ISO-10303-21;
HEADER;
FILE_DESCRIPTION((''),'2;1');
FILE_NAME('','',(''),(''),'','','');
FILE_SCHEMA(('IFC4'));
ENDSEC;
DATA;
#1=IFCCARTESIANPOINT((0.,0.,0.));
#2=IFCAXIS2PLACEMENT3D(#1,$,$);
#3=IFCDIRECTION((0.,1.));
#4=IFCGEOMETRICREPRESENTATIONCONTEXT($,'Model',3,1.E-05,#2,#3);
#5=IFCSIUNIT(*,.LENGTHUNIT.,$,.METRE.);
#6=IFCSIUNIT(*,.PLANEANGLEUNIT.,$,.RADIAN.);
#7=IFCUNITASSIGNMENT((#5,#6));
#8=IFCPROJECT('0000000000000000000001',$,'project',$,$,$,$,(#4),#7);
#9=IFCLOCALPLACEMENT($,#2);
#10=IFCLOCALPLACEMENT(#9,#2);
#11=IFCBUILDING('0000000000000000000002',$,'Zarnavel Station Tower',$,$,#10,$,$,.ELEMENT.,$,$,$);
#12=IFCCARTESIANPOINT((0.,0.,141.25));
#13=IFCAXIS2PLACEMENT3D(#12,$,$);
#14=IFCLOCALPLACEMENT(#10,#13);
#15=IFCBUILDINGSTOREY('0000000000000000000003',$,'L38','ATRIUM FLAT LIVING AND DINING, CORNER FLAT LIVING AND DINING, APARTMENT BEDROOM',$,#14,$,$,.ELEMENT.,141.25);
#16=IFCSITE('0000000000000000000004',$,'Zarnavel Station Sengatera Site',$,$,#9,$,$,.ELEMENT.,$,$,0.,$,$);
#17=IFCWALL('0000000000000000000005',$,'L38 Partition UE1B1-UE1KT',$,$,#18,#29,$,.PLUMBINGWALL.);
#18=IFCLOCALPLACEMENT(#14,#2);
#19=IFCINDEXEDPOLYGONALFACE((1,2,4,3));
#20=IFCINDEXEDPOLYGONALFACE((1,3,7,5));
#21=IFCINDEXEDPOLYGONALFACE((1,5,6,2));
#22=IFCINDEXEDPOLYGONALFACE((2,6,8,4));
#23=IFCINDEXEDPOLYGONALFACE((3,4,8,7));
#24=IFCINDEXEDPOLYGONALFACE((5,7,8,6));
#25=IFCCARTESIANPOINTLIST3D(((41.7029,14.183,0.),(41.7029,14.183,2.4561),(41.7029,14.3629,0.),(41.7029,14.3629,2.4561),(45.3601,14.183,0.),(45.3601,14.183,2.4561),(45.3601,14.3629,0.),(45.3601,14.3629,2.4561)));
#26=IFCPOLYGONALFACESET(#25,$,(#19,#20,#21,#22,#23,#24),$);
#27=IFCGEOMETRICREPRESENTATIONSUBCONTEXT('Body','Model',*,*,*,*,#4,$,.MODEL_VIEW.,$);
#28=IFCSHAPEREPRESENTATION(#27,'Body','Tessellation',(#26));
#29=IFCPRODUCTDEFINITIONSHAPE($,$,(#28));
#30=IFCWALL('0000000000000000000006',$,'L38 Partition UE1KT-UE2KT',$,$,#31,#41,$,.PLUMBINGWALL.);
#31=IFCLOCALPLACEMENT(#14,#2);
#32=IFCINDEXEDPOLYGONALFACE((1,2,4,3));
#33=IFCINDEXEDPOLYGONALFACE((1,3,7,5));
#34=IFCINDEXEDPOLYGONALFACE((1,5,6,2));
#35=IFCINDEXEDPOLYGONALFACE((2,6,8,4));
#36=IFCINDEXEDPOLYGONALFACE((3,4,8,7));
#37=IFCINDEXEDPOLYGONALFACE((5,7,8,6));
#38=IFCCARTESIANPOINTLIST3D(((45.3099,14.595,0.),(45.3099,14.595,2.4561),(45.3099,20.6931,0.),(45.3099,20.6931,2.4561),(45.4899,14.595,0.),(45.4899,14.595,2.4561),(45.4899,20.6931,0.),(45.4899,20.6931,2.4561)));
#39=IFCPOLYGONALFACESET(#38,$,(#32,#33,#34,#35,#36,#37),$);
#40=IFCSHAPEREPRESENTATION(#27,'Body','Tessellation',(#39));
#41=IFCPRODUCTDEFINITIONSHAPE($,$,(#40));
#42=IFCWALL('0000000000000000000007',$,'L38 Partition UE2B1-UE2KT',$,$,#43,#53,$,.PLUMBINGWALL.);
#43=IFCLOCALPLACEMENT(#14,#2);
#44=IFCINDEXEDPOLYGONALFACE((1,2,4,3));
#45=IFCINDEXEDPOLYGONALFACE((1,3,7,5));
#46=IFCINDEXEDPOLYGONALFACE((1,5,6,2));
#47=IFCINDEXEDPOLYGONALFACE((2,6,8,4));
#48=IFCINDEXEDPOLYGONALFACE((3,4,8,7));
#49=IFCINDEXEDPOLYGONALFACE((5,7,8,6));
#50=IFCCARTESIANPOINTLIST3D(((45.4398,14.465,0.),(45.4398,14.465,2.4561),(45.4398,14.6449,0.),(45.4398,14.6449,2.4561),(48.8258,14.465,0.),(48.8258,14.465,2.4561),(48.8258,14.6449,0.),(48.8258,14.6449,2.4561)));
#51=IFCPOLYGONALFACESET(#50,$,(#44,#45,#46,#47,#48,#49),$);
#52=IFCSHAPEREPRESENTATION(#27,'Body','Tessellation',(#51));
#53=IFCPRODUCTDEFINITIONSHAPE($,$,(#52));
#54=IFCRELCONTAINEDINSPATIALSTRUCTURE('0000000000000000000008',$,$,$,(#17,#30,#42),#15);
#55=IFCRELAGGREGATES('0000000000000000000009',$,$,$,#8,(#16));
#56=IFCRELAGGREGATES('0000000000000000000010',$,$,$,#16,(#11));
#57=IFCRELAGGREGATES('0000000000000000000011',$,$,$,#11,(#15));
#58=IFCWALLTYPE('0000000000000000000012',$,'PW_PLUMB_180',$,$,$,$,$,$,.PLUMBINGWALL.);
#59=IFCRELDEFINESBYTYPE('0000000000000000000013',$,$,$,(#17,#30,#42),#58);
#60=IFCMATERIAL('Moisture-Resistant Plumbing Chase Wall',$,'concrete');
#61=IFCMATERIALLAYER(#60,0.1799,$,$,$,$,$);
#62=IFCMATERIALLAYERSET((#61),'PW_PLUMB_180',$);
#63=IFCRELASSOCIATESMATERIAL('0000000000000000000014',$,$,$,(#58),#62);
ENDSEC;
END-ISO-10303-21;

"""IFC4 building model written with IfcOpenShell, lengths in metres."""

from ifc_helpers import new_model, si_unit, direction, frame, frame_2d, origin, place, context, subcontext, project, spatial, rectangle, extrude, material, layer, layer_set, type_object, element, save


model = new_model("IFC4")

# Units and contexts
model_context = context("Model", 3, precision=1e-05, world=origin(), true_north=direction((0.0, 1.0)))
body_context = subcontext(model_context, "Body", "Model", "MODEL_VIEW")
ifc_project = project(units=[si_unit("LENGTHUNIT", "METRE"), si_unit("PLANEANGLEUNIT", "RADIAN")], contexts=[model_context])

# Site, building, storey
site_placement = place(None, origin())
site = spatial("IfcSite", under=ifc_project, at=site_placement, Name="Zarnavel Station Sengatera Site", CompositionType="ELEMENT", RefElevation=0.0)
building_placement = place(site_placement, origin())
building = spatial("IfcBuilding", under=site, at=building_placement, Name="Zarnavel Station Tower", CompositionType="ELEMENT")
storey_placement = place(building_placement, frame((0.0, 0.0, 141.25)))
storey = spatial("IfcBuildingStorey", under=building, at=storey_placement, Name="L38", Description="ATRIUM FLAT LIVING AND DINING, CORNER FLAT LIVING AND DINING, APARTMENT BEDROOM", CompositionType="ELEMENT", Elevation=141.25)

# Shared definitions
ifc_material_1 = material(Name="Moisture-Resistant Plumbing Chase Wall", Category="concrete")
ifc_layer_1 = layer(ifc_material_1, 0.1799)
ifc_layer_set_1 = layer_set([ifc_layer_1], Name="PW_PLUMB_180")
wall_type_1 = type_object("IfcWallType", Name="PW_PLUMB_180", PredefinedType="PLUMBINGWALL", material=ifc_layer_set_1)

# Walls
wall_1_placement = place(storey_placement, frame((41.7029, 14.2729, 0.0), z_axis=(0.0, 0.0, 1.0), x_axis=(1.0, 0.0, 0.0)))
element("IfcWall", 1, at=wall_1_placement, inside=storey, type_object=wall_type_1, Name="L38 Partition UE1B1-UE1KT", PredefinedType="PLUMBINGWALL", context=body_context, shape_type="SweptSolid", body=[
    extrude(rectangle(XDim=3.6572, YDim=0.1799, at=frame_2d((1.8286, 0.0))), origin(), (0.0, 0.0, 1.0), 2.4561),
])
wall_2_placement = place(storey_placement, frame((45.3999, 14.595, 0.0), z_axis=(0.0, 0.0, 1.0), x_axis=(0.0, 1.0, 0.0)))
element("IfcWall", 2, at=wall_2_placement, inside=storey, type_object=wall_type_1, Name="L38 Partition UE1KT-UE2KT", PredefinedType="PLUMBINGWALL", context=body_context, shape_type="SweptSolid", body=[
    extrude(rectangle(XDim=6.0981, YDim=0.1799, at=frame_2d((3.0491, 0.0))), origin(), (0.0, 0.0, 1.0), 2.4561),
])
wall_3_placement = place(storey_placement, frame((45.4399, 14.5549, 0.0), z_axis=(0.0, 0.0, 1.0), x_axis=(1.0, 0.0, 0.0)))
element("IfcWall", 3, at=wall_3_placement, inside=storey, type_object=wall_type_1, Name="L38 Partition UE2B1-UE2KT", PredefinedType="PLUMBINGWALL", context=body_context, shape_type="SweptSolid", body=[
    extrude(rectangle(XDim=3.386, YDim=0.1799, at=frame_2d((1.6929, 0.0))), origin(), (0.0, 0.0, 1.0), 2.4561),
])

save(model, "model.ifc")
